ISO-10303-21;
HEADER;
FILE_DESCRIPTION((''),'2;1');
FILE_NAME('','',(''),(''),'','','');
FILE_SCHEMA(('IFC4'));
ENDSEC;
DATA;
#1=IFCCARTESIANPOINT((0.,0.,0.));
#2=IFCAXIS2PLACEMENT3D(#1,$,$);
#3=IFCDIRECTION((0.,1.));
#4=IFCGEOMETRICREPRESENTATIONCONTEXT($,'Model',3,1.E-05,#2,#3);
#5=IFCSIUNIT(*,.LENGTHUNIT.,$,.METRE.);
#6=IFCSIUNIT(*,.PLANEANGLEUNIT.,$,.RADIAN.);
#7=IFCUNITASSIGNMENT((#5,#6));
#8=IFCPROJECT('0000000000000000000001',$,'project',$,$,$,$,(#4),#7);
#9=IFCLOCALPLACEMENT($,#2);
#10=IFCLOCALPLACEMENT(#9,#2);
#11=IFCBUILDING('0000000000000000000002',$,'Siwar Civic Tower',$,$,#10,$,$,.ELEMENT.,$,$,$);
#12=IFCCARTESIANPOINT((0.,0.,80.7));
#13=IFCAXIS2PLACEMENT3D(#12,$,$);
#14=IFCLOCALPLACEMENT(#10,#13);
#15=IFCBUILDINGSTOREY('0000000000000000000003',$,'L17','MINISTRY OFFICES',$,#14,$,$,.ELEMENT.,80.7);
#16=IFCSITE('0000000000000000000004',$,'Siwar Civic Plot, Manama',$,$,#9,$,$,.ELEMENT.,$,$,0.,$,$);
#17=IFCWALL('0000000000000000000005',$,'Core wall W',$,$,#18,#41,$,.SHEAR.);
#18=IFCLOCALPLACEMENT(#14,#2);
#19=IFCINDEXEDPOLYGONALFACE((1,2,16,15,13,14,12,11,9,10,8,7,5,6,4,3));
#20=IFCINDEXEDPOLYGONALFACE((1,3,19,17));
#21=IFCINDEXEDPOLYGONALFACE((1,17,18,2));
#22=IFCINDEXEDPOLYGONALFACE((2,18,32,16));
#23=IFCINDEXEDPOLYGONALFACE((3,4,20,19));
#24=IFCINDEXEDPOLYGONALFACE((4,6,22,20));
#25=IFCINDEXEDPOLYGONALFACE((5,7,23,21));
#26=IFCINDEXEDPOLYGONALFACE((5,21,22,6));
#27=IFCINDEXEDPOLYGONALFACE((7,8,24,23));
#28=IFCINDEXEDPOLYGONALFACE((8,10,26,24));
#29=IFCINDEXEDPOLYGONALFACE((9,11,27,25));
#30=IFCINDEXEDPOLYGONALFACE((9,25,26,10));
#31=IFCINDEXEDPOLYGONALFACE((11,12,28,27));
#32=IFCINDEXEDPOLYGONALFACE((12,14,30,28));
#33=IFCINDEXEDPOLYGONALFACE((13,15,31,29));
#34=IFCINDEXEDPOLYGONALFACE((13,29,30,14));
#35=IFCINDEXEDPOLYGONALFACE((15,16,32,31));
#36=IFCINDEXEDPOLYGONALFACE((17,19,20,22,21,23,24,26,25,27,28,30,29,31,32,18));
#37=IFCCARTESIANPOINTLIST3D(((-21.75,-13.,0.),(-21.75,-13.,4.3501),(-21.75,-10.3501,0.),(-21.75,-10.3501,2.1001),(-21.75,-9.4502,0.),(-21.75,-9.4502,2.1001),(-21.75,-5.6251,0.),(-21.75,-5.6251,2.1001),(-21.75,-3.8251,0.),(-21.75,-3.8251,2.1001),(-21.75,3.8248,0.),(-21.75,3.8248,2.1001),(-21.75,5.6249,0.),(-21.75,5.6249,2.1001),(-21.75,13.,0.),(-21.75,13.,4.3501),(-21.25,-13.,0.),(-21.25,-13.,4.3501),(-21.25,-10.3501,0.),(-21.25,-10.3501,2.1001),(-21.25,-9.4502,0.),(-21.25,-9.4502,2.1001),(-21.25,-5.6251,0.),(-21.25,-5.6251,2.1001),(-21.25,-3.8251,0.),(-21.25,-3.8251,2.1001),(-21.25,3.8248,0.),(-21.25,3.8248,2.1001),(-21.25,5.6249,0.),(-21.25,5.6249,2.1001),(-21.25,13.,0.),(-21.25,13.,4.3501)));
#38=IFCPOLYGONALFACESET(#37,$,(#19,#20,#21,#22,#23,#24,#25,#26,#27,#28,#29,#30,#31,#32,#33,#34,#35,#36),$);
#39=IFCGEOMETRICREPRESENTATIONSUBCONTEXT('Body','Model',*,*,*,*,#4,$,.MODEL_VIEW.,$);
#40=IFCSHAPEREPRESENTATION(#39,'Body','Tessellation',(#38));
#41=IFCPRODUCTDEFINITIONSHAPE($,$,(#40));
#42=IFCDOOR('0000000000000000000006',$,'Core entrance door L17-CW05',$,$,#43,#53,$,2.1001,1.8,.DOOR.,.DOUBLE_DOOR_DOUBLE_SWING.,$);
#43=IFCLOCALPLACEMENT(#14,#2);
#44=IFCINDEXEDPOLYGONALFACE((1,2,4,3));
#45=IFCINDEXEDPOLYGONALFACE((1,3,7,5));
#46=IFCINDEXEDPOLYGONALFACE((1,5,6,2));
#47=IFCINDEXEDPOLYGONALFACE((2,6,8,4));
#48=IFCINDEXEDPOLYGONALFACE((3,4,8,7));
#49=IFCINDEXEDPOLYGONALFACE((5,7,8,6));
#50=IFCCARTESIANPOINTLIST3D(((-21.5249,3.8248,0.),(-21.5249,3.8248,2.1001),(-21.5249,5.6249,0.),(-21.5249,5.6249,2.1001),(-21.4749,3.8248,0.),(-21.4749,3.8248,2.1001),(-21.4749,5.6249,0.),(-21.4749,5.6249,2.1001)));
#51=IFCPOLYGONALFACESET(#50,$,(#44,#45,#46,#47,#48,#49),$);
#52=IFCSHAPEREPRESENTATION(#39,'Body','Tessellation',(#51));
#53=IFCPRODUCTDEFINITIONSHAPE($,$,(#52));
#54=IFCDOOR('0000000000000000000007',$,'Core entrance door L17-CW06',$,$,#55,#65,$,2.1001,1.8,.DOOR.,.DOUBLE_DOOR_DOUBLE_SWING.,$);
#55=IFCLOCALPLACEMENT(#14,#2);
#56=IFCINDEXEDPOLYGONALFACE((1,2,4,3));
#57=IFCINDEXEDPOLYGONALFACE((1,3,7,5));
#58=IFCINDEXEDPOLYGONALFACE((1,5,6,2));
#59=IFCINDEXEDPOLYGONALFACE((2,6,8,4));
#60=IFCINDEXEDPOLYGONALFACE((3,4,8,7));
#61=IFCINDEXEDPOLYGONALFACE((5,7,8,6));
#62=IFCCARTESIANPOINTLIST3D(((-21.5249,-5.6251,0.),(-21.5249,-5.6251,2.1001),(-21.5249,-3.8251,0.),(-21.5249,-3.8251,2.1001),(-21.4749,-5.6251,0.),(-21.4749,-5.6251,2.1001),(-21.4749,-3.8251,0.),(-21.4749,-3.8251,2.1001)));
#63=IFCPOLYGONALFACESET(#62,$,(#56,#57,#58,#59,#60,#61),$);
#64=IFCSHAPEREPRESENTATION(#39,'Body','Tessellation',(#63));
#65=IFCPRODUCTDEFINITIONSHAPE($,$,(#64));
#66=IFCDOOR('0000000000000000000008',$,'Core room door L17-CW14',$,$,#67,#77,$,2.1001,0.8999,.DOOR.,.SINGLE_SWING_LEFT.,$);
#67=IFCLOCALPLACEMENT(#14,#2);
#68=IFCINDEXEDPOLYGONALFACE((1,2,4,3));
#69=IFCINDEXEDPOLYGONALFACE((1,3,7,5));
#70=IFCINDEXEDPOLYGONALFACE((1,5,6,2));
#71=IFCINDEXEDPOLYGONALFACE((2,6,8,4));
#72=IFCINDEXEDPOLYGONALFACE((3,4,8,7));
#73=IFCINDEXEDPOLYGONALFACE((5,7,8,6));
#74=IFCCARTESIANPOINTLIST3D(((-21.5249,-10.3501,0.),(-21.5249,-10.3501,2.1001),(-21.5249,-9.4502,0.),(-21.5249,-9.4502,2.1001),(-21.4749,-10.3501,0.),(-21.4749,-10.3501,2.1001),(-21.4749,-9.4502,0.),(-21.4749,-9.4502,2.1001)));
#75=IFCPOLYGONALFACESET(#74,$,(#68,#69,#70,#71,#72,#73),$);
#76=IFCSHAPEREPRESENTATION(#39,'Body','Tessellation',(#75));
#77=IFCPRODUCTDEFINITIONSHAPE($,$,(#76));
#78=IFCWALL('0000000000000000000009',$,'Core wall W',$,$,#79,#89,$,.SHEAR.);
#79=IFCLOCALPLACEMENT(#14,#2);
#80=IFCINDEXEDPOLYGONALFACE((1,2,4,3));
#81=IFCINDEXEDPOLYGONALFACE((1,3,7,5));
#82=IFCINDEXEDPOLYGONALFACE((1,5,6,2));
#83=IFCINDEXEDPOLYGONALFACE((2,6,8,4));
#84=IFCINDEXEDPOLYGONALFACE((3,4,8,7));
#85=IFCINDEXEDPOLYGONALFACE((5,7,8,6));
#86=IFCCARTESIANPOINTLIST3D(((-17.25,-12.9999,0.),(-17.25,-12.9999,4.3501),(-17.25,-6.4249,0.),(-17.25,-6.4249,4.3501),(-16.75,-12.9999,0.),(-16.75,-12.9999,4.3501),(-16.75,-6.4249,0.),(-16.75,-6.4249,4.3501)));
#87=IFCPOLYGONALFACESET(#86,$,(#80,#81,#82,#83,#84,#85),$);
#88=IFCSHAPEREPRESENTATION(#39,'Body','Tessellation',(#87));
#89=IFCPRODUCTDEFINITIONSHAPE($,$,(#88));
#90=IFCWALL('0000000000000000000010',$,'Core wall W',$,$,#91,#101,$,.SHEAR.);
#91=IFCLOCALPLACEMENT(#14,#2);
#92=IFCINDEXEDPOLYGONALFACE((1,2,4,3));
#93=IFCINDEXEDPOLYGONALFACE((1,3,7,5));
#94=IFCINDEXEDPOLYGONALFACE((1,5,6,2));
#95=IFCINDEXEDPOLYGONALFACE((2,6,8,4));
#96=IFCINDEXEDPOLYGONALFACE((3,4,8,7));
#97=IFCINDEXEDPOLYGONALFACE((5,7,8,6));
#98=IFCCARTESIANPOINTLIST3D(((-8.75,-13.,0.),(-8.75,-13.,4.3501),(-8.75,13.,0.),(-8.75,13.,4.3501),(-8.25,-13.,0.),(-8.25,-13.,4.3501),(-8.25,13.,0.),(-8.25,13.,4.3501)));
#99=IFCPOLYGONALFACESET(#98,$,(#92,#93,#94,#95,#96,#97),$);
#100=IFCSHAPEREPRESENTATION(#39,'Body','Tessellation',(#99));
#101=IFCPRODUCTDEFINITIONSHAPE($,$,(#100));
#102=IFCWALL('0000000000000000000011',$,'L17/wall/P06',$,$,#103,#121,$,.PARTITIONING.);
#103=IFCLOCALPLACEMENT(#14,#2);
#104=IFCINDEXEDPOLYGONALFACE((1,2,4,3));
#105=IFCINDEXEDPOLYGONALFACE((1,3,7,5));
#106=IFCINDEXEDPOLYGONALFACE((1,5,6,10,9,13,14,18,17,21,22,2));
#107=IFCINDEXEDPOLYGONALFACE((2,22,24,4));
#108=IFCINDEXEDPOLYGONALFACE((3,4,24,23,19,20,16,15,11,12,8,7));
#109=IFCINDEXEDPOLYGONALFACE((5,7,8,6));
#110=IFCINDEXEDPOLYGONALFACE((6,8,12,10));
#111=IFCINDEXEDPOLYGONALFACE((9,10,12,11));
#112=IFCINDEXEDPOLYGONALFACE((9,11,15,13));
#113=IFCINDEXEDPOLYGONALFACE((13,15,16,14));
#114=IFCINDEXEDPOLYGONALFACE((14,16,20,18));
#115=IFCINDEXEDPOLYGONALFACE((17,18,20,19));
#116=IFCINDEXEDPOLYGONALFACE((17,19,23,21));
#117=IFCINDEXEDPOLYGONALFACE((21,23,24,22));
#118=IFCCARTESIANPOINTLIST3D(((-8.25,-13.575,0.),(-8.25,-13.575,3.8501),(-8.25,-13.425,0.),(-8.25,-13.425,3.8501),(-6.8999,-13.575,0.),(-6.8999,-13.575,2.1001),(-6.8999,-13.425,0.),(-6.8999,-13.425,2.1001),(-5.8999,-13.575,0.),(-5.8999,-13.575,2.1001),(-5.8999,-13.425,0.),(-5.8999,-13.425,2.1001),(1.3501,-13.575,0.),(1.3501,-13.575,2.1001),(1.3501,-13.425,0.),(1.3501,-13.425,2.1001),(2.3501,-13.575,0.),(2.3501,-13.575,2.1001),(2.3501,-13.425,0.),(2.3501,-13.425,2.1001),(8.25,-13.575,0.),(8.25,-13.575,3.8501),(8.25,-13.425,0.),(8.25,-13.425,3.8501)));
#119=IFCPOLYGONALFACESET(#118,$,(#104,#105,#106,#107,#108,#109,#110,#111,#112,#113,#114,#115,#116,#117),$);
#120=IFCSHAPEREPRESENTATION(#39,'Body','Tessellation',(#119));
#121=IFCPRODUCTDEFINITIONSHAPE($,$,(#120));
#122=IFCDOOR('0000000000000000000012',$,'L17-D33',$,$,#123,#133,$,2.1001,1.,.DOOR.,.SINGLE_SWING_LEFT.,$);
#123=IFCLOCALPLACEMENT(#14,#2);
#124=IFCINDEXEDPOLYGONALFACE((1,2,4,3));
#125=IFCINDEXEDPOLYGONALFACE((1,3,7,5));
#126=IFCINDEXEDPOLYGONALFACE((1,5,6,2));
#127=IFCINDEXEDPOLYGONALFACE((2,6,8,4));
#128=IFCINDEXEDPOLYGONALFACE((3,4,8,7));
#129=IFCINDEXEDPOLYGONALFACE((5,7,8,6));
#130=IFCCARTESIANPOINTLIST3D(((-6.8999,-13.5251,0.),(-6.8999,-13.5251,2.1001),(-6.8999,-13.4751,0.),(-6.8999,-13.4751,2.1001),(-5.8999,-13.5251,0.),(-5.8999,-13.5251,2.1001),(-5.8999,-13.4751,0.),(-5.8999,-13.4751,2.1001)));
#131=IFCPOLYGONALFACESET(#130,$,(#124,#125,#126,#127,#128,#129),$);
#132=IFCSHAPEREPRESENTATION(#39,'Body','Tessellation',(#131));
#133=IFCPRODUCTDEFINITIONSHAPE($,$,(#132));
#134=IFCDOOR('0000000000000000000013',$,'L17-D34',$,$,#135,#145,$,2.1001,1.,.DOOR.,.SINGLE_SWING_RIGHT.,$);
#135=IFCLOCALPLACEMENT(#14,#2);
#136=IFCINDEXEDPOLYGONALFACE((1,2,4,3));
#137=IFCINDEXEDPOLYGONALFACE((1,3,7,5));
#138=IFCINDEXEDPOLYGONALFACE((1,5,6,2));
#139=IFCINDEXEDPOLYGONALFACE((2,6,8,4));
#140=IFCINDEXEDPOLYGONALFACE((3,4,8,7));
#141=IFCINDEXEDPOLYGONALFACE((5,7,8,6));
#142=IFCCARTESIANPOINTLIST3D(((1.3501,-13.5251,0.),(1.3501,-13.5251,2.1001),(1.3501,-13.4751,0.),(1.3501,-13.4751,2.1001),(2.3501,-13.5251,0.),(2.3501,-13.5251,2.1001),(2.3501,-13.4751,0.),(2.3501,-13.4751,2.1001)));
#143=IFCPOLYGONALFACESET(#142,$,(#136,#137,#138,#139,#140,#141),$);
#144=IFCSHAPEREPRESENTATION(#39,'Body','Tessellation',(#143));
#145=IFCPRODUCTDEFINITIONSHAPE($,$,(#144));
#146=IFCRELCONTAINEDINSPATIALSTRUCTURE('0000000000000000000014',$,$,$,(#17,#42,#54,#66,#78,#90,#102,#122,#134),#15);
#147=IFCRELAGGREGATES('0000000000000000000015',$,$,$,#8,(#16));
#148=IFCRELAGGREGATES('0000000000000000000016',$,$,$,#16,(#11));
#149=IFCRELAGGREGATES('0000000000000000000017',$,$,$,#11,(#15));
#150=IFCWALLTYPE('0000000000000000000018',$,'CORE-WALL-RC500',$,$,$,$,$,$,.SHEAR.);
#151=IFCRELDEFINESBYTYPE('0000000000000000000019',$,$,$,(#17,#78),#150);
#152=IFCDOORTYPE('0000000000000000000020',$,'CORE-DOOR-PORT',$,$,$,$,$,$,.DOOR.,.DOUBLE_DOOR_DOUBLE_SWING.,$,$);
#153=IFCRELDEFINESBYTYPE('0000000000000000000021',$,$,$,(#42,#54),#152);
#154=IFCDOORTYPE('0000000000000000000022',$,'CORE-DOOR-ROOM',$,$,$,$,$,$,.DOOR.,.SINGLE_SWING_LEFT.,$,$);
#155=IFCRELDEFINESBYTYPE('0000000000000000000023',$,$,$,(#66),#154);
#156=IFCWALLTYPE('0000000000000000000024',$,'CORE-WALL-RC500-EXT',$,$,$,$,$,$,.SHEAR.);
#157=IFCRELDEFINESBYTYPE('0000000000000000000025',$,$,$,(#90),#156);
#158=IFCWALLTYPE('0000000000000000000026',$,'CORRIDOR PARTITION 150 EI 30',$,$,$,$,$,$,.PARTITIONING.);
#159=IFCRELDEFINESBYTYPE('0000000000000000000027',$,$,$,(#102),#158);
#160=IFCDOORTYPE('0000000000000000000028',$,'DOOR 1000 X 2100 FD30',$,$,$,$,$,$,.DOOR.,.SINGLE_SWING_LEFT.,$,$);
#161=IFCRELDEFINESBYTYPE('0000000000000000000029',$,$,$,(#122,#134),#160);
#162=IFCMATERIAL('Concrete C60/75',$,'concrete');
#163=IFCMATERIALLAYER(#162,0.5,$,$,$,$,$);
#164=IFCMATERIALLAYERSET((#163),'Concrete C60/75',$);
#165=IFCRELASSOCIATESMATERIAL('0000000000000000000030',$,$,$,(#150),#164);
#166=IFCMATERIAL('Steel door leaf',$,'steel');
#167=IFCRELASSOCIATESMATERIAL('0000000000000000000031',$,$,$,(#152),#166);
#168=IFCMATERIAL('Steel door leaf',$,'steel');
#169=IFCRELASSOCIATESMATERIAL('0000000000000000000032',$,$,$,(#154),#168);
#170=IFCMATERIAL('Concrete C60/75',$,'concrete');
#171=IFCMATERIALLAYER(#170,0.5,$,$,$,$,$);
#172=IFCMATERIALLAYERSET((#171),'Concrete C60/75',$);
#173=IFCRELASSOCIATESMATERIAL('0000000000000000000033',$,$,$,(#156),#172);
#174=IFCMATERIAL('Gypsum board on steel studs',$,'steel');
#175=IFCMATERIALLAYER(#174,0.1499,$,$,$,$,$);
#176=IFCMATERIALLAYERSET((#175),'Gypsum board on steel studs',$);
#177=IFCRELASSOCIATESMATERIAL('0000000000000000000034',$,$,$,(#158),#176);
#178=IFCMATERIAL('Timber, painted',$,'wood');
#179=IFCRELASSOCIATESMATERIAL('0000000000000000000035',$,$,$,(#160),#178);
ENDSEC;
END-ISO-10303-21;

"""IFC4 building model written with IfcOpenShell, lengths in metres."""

from ifc_helpers import new_model, si_unit, direction, frame, frame_2d, origin, place, context, subcontext, project, spatial, rectangle, extrude, material, layer, layer_set, type_object, element, fill, save


model = new_model("IFC4")

# Units and contexts
model_context = context("Model", 3, precision=1e-05, world=origin(), true_north=direction((0.0, 1.0)))
body_context = subcontext(model_context, "Body", "Model", "MODEL_VIEW")
ifc_project = project(units=[si_unit("LENGTHUNIT", "METRE"), si_unit("PLANEANGLEUNIT", "RADIAN")], contexts=[model_context])

# Site, building, storey
site_placement = place(None, origin())
site = spatial("IfcSite", under=ifc_project, at=site_placement, Name="Siwar Civic Plot, Manama", CompositionType="ELEMENT", RefElevation=0.0)
building_placement = place(site_placement, origin())
building = spatial("IfcBuilding", under=site, at=building_placement, Name="Siwar Civic Tower", CompositionType="ELEMENT")
storey_placement = place(building_placement, frame((0.0, 0.0, 80.7)))
storey = spatial("IfcBuildingStorey", under=building, at=storey_placement, Name="L17", Description="MINISTRY OFFICES", CompositionType="ELEMENT", Elevation=80.7)

# Wall, openings, doors
ifc_material_1 = material(Name="Concrete C60/75", Category="concrete")
ifc_layer_1 = layer(ifc_material_1, 0.5)
ifc_layer_set_1 = layer_set([ifc_layer_1], Name="Concrete C60/75")
wall_type_1 = type_object("IfcWallType", Name="CORE-WALL-RC500", PredefinedType="SHEAR", material=ifc_layer_set_1)
wall_1_placement = place(storey_placement, frame((-21.5, -13.0, 0.0), z_axis=(0.0, 0.0, 1.0), x_axis=(0.0, 1.0, 0.0)))
wall_1 = element("IfcWall", 1, at=wall_1_placement, inside=storey, type_object=wall_type_1, Name="Core wall W", PredefinedType="SHEAR", context=body_context, shape_type="SweptSolid", body=[
    extrude(rectangle(XDim=26.0, YDim=0.5, at=frame_2d((13.0, 0.0))), origin(), (0.0, 0.0, 1.0), 4.3501),
])
opening_1_placement = place(wall_1_placement, frame((16.825, 0.0, 0.0)))
opening_1 = element("IfcOpeningElement", 2, at=opening_1_placement, cuts=wall_1, PredefinedType="OPENING", context=body_context, shape_type="SweptSolid", body=[
    extrude(rectangle(XDim=1.8, YDim=2.1001, at=frame_2d((0.8999, 1.05))), frame((0.0, 0.26, 0.0), z_axis=(0.0, -1.0, 0.0), x_axis=(1.0, 0.0, 0.0)), (0.0, 0.0, 1.0), 0.52),
])
opening_2_placement = place(wall_1_placement, frame((7.375, 0.0, 0.0)))
opening_2 = element("IfcOpeningElement", 3, at=opening_2_placement, cuts=wall_1, PredefinedType="OPENING", context=body_context, shape_type="SweptSolid", body=[
    extrude(rectangle(XDim=1.8, YDim=2.1001, at=frame_2d((0.8999, 1.05))), frame((0.0, 0.26, 0.0), z_axis=(0.0, -1.0, 0.0), x_axis=(1.0, 0.0, 0.0)), (0.0, 0.0, 1.0), 0.52),
])
opening_3_placement = place(wall_1_placement, frame((2.6499, 0.0, 0.0)))
opening_3 = element("IfcOpeningElement", 4, at=opening_3_placement, cuts=wall_1, PredefinedType="OPENING", context=body_context, shape_type="SweptSolid", body=[
    extrude(rectangle(XDim=0.8999, YDim=2.1001, at=frame_2d((0.45, 1.05))), frame((0.0, 0.26, 0.0), z_axis=(0.0, -1.0, 0.0), x_axis=(1.0, 0.0, 0.0)), (0.0, 0.0, 1.0), 0.52),
])
ifc_material_2 = material(Name="Steel door leaf", Category="steel")
door_type_1 = type_object("IfcDoorType", Name="CORE-DOOR-PORT", OperationType="DOUBLE_DOOR_DOUBLE_SWING", PredefinedType="DOOR", material=ifc_material_2)
door_1_placement = place(opening_1_placement, origin())
door_1 = element("IfcDoor", 5, at=door_1_placement, inside=storey, type_object=door_type_1, Name="Core entrance door L17-CW05", OperationType="DOUBLE_DOOR_DOUBLE_SWING", OverallHeight=2.1001, OverallWidth=1.8, PredefinedType="DOOR", context=body_context, shape_type="SweptSolid", body=[
    extrude(rectangle(XDim=1.8, YDim=2.1001, at=frame_2d((0.8999, 1.05))), frame((0.0, 0.0249, 0.0), z_axis=(0.0, -1.0, 0.0), x_axis=(1.0, 0.0, 0.0)), (0.0, 0.0, 1.0), 0.05),
])
fill(opening_1, door_1)
door_2_placement = place(opening_2_placement, origin())
door_2 = element("IfcDoor", 6, at=door_2_placement, inside=storey, type_object=door_type_1, Name="Core entrance door L17-CW06", OperationType="DOUBLE_DOOR_DOUBLE_SWING", OverallHeight=2.1001, OverallWidth=1.8, PredefinedType="DOOR", context=body_context, shape_type="SweptSolid", body=[
    extrude(rectangle(XDim=1.8, YDim=2.1001, at=frame_2d((0.8999, 1.05))), frame((0.0, 0.0249, 0.0), z_axis=(0.0, -1.0, 0.0), x_axis=(1.0, 0.0, 0.0)), (0.0, 0.0, 1.0), 0.05),
])
fill(opening_2, door_2)
ifc_material_3 = material(Name="Steel door leaf", Category="steel")
door_type_2 = type_object("IfcDoorType", Name="CORE-DOOR-ROOM", OperationType="SINGLE_SWING_LEFT", PredefinedType="DOOR", material=ifc_material_3)
door_3_placement = place(opening_3_placement, origin())
door_3 = element("IfcDoor", 7, at=door_3_placement, inside=storey, type_object=door_type_2, Name="Core room door L17-CW14", OperationType="SINGLE_SWING_LEFT", OverallHeight=2.1001, OverallWidth=0.8999, PredefinedType="DOOR", context=body_context, shape_type="SweptSolid", body=[
    extrude(rectangle(XDim=0.8999, YDim=2.1001, at=frame_2d((0.45, 1.05))), frame((0.0, 0.0249, 0.0), z_axis=(0.0, -1.0, 0.0), x_axis=(1.0, 0.0, 0.0)), (0.0, 0.0, 1.0), 0.05),
])
fill(opening_3, door_3)

# Walls
wall_2_placement = place(storey_placement, frame((-17.0, -13.0, 0.0), z_axis=(0.0, 0.0, 1.0), x_axis=(0.0, 1.0, 0.0)))
element("IfcWall", 8, at=wall_2_placement, inside=storey, type_object=wall_type_1, Name="Core wall W", PredefinedType="SHEAR", context=body_context, shape_type="SweptSolid", body=[
    extrude(rectangle(XDim=6.575, YDim=0.5, at=frame_2d((3.2876, 0.0))), origin(), (0.0, 0.0, 1.0), 4.3501),
])
ifc_material_4 = material(Name="Concrete C60/75", Category="concrete")
ifc_layer_2 = layer(ifc_material_4, 0.5)
ifc_layer_set_2 = layer_set([ifc_layer_2], Name="Concrete C60/75")
wall_type_2 = type_object("IfcWallType", Name="CORE-WALL-RC500-EXT", PredefinedType="SHEAR", material=ifc_layer_set_2)
wall_3_placement = place(storey_placement, frame((-8.5, -13.0, 0.0), z_axis=(0.0, 0.0, 1.0), x_axis=(0.0, 1.0, 0.0)))
element("IfcWall", 9, at=wall_3_placement, inside=storey, type_object=wall_type_2, Name="Core wall W", PredefinedType="SHEAR", context=body_context, shape_type="SweptSolid", body=[
    extrude(rectangle(XDim=26.0, YDim=0.5, at=frame_2d((13.0, 0.0))), origin(), (0.0, 0.0, 1.0), 4.3501),
])

# Wall, openings, doors
ifc_material_5 = material(Name="Gypsum board on steel studs", Category="steel")
ifc_layer_3 = layer(ifc_material_5, 0.1499)
ifc_layer_set_3 = layer_set([ifc_layer_3], Name="Gypsum board on steel studs")
wall_type_3 = type_object("IfcWallType", Name="CORRIDOR PARTITION 150 EI 30", PredefinedType="PARTITIONING", material=ifc_layer_set_3)
wall_4_placement = place(storey_placement, frame((-8.25, -13.5, 0.0), z_axis=(0.0, 0.0, 1.0), x_axis=(1.0, 0.0, 0.0)))
wall_4 = element("IfcWall", 10, at=wall_4_placement, inside=storey, type_object=wall_type_3, Name="L17/wall/P06", PredefinedType="PARTITIONING", context=body_context, shape_type="SweptSolid", body=[
    extrude(rectangle(XDim=16.5, YDim=0.1499, at=frame_2d((8.25, 0.0))), origin(), (0.0, 0.0, 1.0), 3.8501),
])
opening_4_placement = place(wall_4_placement, frame((1.3501, 0.0, 0.0)))
opening_4 = element("IfcOpeningElement", 11, at=opening_4_placement, cuts=wall_4, PredefinedType="OPENING", context=body_context, shape_type="SweptSolid", body=[
    extrude(rectangle(XDim=1.0, YDim=2.1001, at=frame_2d((0.5, 1.05))), frame((0.0, 0.085, 0.0), z_axis=(0.0, -1.0, 0.0), x_axis=(1.0, 0.0, 0.0)), (0.0, 0.0, 1.0), 0.1699),
])
opening_5_placement = place(wall_4_placement, frame((9.6001, 0.0, 0.0)))
opening_5 = element("IfcOpeningElement", 12, at=opening_5_placement, cuts=wall_4, PredefinedType="OPENING", context=body_context, shape_type="SweptSolid", body=[
    extrude(rectangle(XDim=1.0, YDim=2.1001, at=frame_2d((0.5, 1.05))), frame((0.0, 0.085, 0.0), z_axis=(0.0, -1.0, 0.0), x_axis=(1.0, 0.0, 0.0)), (0.0, 0.0, 1.0), 0.1699),
])
ifc_material_6 = material(Name="Timber, painted", Category="wood")
door_type_3 = type_object("IfcDoorType", Name="DOOR 1000 X 2100 FD30", OperationType="SINGLE_SWING_LEFT", PredefinedType="DOOR", material=ifc_material_6)
door_4_placement = place(opening_4_placement, origin())
door_4 = element("IfcDoor", 13, at=door_4_placement, inside=storey, type_object=door_type_3, Name="L17-D33", OperationType="SINGLE_SWING_LEFT", OverallHeight=2.1001, OverallWidth=1.0, PredefinedType="DOOR", context=body_context, shape_type="SweptSolid", body=[
    extrude(rectangle(XDim=1.0, YDim=2.1001, at=frame_2d((0.5, 1.05))), frame((0.0, 0.0249, 0.0), z_axis=(0.0, -1.0, 0.0), x_axis=(1.0, 0.0, 0.0)), (0.0, 0.0, 1.0), 0.05),
])
fill(opening_4, door_4)
door_5_placement = place(opening_5_placement, origin())
door_5 = element("IfcDoor", 14, at=door_5_placement, inside=storey, type_object=door_type_3, Name="L17-D34", OperationType="SINGLE_SWING_RIGHT", OverallHeight=2.1001, OverallWidth=1.0, PredefinedType="DOOR", context=body_context, shape_type="SweptSolid", body=[
    extrude(rectangle(XDim=1.0, YDim=2.1001, at=frame_2d((0.5, 1.05))), frame((0.0, 0.0249, 0.0), z_axis=(0.0, -1.0, 0.0), x_axis=(1.0, 0.0, 0.0)), (0.0, 0.0, 1.0), 0.05),
])
fill(opening_5, door_5)

save(model, "model.ifc")
